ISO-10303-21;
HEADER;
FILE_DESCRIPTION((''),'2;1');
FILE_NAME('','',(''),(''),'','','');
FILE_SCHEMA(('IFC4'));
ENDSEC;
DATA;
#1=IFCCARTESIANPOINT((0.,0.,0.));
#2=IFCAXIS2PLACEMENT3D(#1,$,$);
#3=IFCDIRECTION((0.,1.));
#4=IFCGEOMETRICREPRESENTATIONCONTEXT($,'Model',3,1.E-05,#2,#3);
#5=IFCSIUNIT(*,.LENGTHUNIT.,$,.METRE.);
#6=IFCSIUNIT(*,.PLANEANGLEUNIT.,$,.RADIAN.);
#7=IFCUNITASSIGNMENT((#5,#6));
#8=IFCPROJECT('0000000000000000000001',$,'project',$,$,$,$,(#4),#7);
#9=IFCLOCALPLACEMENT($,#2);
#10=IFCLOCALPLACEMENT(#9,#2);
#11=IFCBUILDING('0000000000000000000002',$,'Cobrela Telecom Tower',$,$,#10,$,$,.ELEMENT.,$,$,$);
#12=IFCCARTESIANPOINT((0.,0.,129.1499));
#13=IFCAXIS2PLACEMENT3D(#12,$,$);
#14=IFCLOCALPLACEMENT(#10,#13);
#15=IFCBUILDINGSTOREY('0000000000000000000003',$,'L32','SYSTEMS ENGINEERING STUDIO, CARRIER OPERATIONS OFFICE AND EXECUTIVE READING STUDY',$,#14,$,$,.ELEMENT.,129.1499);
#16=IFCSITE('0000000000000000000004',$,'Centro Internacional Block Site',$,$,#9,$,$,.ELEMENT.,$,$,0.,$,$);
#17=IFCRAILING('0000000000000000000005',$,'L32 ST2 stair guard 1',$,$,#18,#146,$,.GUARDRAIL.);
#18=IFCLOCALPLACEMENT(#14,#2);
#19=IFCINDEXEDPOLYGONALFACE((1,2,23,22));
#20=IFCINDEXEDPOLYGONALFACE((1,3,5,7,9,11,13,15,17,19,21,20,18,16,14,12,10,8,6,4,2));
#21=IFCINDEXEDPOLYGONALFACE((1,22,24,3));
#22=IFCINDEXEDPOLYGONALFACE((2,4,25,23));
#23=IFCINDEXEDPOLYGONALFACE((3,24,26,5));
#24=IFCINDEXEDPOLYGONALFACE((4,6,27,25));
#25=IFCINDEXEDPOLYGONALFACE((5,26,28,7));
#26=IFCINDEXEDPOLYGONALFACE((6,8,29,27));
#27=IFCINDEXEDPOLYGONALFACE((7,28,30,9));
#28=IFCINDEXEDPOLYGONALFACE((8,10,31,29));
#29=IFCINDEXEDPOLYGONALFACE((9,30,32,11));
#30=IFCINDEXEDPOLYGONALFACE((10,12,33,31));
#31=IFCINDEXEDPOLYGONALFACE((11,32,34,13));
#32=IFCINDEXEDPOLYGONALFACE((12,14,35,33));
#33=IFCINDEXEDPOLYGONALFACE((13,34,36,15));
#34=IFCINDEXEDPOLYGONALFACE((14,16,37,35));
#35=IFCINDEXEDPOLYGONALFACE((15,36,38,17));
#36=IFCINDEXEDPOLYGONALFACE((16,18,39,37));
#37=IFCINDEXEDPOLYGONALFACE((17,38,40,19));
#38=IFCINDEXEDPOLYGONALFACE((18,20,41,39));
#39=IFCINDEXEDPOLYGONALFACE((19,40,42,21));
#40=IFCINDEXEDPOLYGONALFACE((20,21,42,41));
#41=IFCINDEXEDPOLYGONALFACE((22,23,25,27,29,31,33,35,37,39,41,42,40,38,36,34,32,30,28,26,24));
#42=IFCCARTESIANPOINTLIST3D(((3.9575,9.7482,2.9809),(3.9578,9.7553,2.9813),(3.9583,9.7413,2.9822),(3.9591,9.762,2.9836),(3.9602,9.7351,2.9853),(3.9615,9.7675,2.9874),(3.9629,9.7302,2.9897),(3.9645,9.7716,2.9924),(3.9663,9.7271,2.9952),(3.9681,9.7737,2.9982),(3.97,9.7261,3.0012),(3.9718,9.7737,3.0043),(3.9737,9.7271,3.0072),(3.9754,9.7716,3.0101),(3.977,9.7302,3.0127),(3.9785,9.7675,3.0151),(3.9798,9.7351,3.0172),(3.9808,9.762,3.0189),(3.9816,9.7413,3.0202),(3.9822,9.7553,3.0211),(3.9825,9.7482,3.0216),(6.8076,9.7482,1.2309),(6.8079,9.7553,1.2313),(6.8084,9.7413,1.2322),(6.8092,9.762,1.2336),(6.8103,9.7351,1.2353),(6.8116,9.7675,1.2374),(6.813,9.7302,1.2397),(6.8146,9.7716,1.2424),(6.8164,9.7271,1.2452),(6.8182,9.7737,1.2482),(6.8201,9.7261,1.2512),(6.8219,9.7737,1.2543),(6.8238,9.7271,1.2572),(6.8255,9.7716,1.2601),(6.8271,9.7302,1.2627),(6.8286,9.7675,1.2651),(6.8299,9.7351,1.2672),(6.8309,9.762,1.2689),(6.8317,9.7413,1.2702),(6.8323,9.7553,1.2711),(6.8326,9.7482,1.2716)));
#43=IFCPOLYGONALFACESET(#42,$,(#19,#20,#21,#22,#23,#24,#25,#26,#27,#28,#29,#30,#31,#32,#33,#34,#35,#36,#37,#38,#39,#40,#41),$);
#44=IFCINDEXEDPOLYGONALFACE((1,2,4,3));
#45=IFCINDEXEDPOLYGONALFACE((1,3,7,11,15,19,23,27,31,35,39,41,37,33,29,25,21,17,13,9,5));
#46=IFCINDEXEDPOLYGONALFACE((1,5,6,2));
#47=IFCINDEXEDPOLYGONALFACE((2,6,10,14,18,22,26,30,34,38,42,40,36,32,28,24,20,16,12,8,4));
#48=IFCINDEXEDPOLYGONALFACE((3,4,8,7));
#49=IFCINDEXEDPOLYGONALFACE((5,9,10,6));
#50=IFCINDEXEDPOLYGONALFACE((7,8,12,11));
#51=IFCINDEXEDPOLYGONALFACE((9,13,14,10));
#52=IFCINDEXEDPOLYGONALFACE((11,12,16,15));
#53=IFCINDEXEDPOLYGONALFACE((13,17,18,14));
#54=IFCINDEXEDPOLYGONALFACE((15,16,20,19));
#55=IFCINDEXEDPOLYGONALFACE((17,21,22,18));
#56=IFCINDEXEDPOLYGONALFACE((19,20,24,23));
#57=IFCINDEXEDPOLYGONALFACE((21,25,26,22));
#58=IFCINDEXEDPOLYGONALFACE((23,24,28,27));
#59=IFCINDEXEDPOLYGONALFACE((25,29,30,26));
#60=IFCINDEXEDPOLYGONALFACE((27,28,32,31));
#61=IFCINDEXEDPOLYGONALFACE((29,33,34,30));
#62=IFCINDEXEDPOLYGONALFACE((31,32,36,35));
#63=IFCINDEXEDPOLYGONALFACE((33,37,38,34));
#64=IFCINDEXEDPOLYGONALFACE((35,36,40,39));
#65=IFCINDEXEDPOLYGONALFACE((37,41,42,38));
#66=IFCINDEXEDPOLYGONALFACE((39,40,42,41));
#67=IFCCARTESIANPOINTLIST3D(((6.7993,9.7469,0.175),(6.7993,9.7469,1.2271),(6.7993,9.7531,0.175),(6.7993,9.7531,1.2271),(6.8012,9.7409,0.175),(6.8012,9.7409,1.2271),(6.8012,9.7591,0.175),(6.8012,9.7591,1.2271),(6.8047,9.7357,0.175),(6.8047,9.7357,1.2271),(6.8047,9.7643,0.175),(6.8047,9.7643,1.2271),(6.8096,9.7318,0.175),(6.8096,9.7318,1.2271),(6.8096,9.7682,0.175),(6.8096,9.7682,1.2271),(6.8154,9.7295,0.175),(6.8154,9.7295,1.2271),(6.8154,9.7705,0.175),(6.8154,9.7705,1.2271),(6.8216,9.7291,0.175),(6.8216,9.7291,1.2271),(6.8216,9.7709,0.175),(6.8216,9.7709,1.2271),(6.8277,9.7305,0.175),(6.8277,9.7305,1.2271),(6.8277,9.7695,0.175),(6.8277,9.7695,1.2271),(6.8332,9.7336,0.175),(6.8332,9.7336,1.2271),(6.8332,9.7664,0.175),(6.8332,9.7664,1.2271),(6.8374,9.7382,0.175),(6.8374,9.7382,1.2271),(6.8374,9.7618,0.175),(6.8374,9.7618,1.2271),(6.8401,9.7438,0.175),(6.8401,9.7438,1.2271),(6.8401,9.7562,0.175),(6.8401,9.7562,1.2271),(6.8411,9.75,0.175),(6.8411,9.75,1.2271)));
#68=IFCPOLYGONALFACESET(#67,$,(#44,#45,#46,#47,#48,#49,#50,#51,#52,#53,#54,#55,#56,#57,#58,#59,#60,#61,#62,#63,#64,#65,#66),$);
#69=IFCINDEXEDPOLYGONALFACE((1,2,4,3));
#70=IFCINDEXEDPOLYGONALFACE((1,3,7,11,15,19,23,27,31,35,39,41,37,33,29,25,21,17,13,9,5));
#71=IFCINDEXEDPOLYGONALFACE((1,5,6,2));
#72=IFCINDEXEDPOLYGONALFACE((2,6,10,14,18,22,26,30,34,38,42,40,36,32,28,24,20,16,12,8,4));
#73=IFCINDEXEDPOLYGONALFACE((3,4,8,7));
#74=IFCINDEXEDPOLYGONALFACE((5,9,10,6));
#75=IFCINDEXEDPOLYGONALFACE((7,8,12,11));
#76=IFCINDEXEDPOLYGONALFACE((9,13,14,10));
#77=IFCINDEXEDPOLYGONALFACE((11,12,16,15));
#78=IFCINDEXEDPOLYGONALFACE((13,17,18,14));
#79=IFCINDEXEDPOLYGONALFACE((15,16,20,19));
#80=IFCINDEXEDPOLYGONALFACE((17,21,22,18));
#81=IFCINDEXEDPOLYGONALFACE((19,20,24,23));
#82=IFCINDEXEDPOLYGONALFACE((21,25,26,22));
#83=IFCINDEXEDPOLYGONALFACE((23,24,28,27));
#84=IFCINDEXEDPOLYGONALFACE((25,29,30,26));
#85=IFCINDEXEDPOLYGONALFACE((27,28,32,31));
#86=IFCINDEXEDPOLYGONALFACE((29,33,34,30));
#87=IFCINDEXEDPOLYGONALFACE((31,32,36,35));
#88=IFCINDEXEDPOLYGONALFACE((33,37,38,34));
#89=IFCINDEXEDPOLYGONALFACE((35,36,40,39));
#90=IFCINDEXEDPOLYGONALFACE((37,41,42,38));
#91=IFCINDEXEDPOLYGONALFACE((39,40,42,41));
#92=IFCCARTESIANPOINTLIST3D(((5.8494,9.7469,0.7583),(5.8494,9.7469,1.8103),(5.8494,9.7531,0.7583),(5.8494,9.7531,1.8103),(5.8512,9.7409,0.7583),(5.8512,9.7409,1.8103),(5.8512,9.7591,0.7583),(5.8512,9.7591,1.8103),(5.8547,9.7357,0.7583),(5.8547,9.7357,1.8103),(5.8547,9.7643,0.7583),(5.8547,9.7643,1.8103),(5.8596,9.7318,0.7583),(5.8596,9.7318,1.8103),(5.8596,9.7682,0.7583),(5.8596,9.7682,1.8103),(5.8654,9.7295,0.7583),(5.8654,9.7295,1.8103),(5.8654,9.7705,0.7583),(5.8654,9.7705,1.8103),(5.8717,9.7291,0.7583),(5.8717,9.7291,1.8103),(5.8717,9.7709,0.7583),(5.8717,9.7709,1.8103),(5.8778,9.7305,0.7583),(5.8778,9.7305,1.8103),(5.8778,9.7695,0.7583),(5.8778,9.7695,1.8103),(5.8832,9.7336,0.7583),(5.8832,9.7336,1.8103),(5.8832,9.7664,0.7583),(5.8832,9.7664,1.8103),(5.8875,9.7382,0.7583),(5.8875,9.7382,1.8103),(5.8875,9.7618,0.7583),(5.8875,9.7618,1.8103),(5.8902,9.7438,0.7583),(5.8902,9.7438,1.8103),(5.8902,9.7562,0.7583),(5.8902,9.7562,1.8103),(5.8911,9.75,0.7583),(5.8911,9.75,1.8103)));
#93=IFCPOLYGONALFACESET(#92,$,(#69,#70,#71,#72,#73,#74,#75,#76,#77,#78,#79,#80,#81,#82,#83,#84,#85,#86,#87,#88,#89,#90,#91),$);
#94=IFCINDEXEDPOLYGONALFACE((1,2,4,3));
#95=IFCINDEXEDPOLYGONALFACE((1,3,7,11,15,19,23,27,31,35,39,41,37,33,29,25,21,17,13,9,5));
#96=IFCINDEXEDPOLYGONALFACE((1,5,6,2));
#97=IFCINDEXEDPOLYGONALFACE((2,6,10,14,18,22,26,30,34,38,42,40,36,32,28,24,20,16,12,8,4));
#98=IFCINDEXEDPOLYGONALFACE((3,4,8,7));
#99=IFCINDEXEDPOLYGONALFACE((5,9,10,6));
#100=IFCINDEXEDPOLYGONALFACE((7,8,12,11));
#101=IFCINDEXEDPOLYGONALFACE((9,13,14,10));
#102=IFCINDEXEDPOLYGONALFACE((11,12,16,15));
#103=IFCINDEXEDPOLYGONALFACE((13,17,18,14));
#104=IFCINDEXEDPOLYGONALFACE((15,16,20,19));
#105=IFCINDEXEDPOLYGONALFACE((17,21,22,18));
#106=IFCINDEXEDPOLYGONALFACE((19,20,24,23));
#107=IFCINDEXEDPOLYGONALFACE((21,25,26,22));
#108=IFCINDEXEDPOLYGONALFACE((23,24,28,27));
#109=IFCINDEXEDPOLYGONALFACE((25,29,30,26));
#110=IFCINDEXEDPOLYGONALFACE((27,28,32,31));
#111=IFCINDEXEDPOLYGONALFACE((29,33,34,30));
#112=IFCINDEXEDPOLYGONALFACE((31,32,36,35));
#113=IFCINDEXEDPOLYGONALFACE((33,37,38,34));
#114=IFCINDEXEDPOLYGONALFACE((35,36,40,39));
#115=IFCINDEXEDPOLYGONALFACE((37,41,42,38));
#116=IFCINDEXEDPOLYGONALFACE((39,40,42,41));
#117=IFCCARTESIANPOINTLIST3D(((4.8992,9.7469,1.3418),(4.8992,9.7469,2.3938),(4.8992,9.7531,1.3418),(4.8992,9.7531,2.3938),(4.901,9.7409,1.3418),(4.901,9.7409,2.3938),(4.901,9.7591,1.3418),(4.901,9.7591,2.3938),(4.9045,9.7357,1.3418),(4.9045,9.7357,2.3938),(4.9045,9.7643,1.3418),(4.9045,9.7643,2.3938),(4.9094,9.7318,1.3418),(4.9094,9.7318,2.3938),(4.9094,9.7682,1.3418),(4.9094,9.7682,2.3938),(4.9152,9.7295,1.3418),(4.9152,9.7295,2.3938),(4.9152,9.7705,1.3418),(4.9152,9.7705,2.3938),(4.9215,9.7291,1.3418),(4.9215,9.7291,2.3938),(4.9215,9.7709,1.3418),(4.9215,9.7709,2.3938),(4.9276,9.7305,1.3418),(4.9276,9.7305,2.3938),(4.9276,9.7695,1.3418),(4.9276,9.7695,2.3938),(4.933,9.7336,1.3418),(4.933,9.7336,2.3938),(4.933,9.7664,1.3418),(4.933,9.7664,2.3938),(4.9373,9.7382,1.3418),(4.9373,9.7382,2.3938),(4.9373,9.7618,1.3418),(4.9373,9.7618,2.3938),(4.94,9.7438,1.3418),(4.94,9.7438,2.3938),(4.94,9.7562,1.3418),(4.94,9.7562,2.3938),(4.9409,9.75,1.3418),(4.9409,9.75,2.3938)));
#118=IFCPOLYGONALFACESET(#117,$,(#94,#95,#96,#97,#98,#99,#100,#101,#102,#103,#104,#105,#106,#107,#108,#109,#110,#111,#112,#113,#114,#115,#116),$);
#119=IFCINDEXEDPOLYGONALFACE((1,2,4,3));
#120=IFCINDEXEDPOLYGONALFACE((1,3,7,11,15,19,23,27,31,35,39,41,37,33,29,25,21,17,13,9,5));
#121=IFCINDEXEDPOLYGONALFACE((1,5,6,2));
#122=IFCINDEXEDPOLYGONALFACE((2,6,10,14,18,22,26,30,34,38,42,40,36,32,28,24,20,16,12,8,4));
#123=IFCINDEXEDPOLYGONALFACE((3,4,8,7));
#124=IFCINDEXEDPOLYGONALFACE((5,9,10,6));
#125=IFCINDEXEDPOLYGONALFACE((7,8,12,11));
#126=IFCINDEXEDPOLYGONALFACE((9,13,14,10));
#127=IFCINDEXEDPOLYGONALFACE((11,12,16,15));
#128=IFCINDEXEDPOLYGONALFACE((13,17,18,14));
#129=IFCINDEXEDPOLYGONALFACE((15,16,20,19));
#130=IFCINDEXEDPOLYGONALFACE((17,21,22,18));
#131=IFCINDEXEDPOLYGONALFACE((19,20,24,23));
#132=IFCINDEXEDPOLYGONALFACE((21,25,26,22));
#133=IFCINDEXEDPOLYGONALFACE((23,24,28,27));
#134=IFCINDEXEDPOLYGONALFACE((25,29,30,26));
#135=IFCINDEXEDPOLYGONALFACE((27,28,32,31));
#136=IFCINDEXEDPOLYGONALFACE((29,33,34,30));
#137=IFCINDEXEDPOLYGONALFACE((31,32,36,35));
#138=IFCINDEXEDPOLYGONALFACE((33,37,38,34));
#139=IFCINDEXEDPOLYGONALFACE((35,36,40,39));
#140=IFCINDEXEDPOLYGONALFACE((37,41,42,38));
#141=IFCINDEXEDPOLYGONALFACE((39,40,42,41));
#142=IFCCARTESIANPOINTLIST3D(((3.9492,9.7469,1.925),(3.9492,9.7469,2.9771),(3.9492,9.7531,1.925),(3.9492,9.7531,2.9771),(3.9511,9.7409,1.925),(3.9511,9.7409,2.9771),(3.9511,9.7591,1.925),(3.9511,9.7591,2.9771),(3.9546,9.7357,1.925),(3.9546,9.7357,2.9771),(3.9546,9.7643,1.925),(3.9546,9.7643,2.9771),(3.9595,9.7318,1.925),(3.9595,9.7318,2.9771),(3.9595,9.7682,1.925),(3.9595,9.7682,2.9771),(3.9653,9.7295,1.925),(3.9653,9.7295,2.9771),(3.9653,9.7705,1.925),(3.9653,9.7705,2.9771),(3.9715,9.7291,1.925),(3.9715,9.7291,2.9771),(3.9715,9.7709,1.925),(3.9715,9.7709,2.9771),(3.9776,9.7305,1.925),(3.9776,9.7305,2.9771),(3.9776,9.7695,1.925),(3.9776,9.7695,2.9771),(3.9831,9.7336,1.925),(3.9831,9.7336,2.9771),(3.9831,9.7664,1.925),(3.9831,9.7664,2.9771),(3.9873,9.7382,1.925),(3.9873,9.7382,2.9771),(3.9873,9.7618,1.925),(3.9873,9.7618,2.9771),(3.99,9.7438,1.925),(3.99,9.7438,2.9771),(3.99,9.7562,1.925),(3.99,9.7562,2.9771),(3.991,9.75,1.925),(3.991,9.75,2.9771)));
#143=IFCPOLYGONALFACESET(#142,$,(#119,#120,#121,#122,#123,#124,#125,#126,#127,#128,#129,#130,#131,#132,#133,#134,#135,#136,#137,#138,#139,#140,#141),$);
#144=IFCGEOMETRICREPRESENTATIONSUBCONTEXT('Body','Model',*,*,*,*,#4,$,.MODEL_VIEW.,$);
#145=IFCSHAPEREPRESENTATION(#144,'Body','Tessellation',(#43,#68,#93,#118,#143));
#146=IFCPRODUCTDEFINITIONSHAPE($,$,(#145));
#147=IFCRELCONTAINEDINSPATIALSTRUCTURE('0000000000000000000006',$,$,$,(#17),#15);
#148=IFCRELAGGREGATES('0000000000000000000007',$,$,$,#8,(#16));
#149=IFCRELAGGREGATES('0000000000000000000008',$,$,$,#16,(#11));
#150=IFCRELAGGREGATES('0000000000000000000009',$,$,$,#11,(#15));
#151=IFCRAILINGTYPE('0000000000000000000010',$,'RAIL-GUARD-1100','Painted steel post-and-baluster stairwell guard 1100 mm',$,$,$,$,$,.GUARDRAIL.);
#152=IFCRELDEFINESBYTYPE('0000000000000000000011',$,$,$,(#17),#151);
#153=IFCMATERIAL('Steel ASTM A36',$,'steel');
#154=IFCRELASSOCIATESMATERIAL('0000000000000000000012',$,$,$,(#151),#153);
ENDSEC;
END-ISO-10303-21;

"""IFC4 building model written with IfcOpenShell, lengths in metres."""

from ifc_helpers import new_model, si_unit, direction, frame, origin, origin_2d, place, context, subcontext, project, spatial, circle, extrude, material, type_object, element, save


model = new_model("IFC4")

# Units and contexts
model_context = context("Model", 3, precision=1e-05, world=origin(), true_north=direction((0.0, 1.0)))
body_context = subcontext(model_context, "Body", "Model", "MODEL_VIEW")
ifc_project = project(units=[si_unit("LENGTHUNIT", "METRE"), si_unit("PLANEANGLEUNIT", "RADIAN")], contexts=[model_context])

# Site, building, storey
site_placement = place(None, origin())
site = spatial("IfcSite", under=ifc_project, at=site_placement, Name="Centro Internacional Block Site", CompositionType="ELEMENT", RefElevation=0.0)
building_placement = place(site_placement, origin())
building = spatial("IfcBuilding", under=site, at=building_placement, Name="Cobrela Telecom Tower", CompositionType="ELEMENT")
storey_placement = place(building_placement, frame((0.0, 0.0, 129.1499)))
storey = spatial("IfcBuildingStorey", under=building, at=storey_placement, Name="L32", Description="SYSTEMS ENGINEERING STUDIO, CARRIER OPERATIONS OFFICE AND EXECUTIVE READING STUDY", CompositionType="ELEMENT", Elevation=129.1499)

# Shared definitions
ifc_material_1 = material(Name="Steel ASTM A36", Category="steel")

# Railing
railing_type_1 = type_object("IfcRailingType", Name="RAIL-GUARD-1100", Description="Painted steel post-and-baluster stairwell guard 1100 mm", PredefinedType="GUARDRAIL", material=ifc_material_1)
railing_1_placement = place(storey_placement, frame((6.8201, 9.75, 0.175)))
element("IfcRailing", 1, at=railing_1_placement, inside=storey, type_object=railing_type_1, Name="L32 ST2 stair guard 1", PredefinedType="GUARDRAIL", context=body_context, shape_type="SweptSolid", body=[
    extrude(circle(Radius=0.0239, at=origin_2d()), frame((0.0, 0.0, 1.0762), z_axis=(-0.852179, 0.0, 0.52325), x_axis=(0.0, -1.0, 0.0)), (0.0, 0.0, 1.0), 3.3445),
    extrude(circle(Radius=0.021, at=origin_2d()), origin(), (0.0, 0.0, 1.0), 1.052),
    extrude(circle(Radius=0.021, at=origin_2d()), frame((-0.95, 0.0, 0.5833)), (0.0, 0.0, 1.0), 1.052),
    extrude(circle(Radius=0.021, at=origin_2d()), frame((-1.9001, 0.0, 1.1667)), (0.0, 0.0, 1.0), 1.052),
    extrude(circle(Radius=0.021, at=origin_2d()), frame((-2.8501, 0.0, 1.75)), (0.0, 0.0, 1.0), 1.052),
])

save(model, "model.ifc")
